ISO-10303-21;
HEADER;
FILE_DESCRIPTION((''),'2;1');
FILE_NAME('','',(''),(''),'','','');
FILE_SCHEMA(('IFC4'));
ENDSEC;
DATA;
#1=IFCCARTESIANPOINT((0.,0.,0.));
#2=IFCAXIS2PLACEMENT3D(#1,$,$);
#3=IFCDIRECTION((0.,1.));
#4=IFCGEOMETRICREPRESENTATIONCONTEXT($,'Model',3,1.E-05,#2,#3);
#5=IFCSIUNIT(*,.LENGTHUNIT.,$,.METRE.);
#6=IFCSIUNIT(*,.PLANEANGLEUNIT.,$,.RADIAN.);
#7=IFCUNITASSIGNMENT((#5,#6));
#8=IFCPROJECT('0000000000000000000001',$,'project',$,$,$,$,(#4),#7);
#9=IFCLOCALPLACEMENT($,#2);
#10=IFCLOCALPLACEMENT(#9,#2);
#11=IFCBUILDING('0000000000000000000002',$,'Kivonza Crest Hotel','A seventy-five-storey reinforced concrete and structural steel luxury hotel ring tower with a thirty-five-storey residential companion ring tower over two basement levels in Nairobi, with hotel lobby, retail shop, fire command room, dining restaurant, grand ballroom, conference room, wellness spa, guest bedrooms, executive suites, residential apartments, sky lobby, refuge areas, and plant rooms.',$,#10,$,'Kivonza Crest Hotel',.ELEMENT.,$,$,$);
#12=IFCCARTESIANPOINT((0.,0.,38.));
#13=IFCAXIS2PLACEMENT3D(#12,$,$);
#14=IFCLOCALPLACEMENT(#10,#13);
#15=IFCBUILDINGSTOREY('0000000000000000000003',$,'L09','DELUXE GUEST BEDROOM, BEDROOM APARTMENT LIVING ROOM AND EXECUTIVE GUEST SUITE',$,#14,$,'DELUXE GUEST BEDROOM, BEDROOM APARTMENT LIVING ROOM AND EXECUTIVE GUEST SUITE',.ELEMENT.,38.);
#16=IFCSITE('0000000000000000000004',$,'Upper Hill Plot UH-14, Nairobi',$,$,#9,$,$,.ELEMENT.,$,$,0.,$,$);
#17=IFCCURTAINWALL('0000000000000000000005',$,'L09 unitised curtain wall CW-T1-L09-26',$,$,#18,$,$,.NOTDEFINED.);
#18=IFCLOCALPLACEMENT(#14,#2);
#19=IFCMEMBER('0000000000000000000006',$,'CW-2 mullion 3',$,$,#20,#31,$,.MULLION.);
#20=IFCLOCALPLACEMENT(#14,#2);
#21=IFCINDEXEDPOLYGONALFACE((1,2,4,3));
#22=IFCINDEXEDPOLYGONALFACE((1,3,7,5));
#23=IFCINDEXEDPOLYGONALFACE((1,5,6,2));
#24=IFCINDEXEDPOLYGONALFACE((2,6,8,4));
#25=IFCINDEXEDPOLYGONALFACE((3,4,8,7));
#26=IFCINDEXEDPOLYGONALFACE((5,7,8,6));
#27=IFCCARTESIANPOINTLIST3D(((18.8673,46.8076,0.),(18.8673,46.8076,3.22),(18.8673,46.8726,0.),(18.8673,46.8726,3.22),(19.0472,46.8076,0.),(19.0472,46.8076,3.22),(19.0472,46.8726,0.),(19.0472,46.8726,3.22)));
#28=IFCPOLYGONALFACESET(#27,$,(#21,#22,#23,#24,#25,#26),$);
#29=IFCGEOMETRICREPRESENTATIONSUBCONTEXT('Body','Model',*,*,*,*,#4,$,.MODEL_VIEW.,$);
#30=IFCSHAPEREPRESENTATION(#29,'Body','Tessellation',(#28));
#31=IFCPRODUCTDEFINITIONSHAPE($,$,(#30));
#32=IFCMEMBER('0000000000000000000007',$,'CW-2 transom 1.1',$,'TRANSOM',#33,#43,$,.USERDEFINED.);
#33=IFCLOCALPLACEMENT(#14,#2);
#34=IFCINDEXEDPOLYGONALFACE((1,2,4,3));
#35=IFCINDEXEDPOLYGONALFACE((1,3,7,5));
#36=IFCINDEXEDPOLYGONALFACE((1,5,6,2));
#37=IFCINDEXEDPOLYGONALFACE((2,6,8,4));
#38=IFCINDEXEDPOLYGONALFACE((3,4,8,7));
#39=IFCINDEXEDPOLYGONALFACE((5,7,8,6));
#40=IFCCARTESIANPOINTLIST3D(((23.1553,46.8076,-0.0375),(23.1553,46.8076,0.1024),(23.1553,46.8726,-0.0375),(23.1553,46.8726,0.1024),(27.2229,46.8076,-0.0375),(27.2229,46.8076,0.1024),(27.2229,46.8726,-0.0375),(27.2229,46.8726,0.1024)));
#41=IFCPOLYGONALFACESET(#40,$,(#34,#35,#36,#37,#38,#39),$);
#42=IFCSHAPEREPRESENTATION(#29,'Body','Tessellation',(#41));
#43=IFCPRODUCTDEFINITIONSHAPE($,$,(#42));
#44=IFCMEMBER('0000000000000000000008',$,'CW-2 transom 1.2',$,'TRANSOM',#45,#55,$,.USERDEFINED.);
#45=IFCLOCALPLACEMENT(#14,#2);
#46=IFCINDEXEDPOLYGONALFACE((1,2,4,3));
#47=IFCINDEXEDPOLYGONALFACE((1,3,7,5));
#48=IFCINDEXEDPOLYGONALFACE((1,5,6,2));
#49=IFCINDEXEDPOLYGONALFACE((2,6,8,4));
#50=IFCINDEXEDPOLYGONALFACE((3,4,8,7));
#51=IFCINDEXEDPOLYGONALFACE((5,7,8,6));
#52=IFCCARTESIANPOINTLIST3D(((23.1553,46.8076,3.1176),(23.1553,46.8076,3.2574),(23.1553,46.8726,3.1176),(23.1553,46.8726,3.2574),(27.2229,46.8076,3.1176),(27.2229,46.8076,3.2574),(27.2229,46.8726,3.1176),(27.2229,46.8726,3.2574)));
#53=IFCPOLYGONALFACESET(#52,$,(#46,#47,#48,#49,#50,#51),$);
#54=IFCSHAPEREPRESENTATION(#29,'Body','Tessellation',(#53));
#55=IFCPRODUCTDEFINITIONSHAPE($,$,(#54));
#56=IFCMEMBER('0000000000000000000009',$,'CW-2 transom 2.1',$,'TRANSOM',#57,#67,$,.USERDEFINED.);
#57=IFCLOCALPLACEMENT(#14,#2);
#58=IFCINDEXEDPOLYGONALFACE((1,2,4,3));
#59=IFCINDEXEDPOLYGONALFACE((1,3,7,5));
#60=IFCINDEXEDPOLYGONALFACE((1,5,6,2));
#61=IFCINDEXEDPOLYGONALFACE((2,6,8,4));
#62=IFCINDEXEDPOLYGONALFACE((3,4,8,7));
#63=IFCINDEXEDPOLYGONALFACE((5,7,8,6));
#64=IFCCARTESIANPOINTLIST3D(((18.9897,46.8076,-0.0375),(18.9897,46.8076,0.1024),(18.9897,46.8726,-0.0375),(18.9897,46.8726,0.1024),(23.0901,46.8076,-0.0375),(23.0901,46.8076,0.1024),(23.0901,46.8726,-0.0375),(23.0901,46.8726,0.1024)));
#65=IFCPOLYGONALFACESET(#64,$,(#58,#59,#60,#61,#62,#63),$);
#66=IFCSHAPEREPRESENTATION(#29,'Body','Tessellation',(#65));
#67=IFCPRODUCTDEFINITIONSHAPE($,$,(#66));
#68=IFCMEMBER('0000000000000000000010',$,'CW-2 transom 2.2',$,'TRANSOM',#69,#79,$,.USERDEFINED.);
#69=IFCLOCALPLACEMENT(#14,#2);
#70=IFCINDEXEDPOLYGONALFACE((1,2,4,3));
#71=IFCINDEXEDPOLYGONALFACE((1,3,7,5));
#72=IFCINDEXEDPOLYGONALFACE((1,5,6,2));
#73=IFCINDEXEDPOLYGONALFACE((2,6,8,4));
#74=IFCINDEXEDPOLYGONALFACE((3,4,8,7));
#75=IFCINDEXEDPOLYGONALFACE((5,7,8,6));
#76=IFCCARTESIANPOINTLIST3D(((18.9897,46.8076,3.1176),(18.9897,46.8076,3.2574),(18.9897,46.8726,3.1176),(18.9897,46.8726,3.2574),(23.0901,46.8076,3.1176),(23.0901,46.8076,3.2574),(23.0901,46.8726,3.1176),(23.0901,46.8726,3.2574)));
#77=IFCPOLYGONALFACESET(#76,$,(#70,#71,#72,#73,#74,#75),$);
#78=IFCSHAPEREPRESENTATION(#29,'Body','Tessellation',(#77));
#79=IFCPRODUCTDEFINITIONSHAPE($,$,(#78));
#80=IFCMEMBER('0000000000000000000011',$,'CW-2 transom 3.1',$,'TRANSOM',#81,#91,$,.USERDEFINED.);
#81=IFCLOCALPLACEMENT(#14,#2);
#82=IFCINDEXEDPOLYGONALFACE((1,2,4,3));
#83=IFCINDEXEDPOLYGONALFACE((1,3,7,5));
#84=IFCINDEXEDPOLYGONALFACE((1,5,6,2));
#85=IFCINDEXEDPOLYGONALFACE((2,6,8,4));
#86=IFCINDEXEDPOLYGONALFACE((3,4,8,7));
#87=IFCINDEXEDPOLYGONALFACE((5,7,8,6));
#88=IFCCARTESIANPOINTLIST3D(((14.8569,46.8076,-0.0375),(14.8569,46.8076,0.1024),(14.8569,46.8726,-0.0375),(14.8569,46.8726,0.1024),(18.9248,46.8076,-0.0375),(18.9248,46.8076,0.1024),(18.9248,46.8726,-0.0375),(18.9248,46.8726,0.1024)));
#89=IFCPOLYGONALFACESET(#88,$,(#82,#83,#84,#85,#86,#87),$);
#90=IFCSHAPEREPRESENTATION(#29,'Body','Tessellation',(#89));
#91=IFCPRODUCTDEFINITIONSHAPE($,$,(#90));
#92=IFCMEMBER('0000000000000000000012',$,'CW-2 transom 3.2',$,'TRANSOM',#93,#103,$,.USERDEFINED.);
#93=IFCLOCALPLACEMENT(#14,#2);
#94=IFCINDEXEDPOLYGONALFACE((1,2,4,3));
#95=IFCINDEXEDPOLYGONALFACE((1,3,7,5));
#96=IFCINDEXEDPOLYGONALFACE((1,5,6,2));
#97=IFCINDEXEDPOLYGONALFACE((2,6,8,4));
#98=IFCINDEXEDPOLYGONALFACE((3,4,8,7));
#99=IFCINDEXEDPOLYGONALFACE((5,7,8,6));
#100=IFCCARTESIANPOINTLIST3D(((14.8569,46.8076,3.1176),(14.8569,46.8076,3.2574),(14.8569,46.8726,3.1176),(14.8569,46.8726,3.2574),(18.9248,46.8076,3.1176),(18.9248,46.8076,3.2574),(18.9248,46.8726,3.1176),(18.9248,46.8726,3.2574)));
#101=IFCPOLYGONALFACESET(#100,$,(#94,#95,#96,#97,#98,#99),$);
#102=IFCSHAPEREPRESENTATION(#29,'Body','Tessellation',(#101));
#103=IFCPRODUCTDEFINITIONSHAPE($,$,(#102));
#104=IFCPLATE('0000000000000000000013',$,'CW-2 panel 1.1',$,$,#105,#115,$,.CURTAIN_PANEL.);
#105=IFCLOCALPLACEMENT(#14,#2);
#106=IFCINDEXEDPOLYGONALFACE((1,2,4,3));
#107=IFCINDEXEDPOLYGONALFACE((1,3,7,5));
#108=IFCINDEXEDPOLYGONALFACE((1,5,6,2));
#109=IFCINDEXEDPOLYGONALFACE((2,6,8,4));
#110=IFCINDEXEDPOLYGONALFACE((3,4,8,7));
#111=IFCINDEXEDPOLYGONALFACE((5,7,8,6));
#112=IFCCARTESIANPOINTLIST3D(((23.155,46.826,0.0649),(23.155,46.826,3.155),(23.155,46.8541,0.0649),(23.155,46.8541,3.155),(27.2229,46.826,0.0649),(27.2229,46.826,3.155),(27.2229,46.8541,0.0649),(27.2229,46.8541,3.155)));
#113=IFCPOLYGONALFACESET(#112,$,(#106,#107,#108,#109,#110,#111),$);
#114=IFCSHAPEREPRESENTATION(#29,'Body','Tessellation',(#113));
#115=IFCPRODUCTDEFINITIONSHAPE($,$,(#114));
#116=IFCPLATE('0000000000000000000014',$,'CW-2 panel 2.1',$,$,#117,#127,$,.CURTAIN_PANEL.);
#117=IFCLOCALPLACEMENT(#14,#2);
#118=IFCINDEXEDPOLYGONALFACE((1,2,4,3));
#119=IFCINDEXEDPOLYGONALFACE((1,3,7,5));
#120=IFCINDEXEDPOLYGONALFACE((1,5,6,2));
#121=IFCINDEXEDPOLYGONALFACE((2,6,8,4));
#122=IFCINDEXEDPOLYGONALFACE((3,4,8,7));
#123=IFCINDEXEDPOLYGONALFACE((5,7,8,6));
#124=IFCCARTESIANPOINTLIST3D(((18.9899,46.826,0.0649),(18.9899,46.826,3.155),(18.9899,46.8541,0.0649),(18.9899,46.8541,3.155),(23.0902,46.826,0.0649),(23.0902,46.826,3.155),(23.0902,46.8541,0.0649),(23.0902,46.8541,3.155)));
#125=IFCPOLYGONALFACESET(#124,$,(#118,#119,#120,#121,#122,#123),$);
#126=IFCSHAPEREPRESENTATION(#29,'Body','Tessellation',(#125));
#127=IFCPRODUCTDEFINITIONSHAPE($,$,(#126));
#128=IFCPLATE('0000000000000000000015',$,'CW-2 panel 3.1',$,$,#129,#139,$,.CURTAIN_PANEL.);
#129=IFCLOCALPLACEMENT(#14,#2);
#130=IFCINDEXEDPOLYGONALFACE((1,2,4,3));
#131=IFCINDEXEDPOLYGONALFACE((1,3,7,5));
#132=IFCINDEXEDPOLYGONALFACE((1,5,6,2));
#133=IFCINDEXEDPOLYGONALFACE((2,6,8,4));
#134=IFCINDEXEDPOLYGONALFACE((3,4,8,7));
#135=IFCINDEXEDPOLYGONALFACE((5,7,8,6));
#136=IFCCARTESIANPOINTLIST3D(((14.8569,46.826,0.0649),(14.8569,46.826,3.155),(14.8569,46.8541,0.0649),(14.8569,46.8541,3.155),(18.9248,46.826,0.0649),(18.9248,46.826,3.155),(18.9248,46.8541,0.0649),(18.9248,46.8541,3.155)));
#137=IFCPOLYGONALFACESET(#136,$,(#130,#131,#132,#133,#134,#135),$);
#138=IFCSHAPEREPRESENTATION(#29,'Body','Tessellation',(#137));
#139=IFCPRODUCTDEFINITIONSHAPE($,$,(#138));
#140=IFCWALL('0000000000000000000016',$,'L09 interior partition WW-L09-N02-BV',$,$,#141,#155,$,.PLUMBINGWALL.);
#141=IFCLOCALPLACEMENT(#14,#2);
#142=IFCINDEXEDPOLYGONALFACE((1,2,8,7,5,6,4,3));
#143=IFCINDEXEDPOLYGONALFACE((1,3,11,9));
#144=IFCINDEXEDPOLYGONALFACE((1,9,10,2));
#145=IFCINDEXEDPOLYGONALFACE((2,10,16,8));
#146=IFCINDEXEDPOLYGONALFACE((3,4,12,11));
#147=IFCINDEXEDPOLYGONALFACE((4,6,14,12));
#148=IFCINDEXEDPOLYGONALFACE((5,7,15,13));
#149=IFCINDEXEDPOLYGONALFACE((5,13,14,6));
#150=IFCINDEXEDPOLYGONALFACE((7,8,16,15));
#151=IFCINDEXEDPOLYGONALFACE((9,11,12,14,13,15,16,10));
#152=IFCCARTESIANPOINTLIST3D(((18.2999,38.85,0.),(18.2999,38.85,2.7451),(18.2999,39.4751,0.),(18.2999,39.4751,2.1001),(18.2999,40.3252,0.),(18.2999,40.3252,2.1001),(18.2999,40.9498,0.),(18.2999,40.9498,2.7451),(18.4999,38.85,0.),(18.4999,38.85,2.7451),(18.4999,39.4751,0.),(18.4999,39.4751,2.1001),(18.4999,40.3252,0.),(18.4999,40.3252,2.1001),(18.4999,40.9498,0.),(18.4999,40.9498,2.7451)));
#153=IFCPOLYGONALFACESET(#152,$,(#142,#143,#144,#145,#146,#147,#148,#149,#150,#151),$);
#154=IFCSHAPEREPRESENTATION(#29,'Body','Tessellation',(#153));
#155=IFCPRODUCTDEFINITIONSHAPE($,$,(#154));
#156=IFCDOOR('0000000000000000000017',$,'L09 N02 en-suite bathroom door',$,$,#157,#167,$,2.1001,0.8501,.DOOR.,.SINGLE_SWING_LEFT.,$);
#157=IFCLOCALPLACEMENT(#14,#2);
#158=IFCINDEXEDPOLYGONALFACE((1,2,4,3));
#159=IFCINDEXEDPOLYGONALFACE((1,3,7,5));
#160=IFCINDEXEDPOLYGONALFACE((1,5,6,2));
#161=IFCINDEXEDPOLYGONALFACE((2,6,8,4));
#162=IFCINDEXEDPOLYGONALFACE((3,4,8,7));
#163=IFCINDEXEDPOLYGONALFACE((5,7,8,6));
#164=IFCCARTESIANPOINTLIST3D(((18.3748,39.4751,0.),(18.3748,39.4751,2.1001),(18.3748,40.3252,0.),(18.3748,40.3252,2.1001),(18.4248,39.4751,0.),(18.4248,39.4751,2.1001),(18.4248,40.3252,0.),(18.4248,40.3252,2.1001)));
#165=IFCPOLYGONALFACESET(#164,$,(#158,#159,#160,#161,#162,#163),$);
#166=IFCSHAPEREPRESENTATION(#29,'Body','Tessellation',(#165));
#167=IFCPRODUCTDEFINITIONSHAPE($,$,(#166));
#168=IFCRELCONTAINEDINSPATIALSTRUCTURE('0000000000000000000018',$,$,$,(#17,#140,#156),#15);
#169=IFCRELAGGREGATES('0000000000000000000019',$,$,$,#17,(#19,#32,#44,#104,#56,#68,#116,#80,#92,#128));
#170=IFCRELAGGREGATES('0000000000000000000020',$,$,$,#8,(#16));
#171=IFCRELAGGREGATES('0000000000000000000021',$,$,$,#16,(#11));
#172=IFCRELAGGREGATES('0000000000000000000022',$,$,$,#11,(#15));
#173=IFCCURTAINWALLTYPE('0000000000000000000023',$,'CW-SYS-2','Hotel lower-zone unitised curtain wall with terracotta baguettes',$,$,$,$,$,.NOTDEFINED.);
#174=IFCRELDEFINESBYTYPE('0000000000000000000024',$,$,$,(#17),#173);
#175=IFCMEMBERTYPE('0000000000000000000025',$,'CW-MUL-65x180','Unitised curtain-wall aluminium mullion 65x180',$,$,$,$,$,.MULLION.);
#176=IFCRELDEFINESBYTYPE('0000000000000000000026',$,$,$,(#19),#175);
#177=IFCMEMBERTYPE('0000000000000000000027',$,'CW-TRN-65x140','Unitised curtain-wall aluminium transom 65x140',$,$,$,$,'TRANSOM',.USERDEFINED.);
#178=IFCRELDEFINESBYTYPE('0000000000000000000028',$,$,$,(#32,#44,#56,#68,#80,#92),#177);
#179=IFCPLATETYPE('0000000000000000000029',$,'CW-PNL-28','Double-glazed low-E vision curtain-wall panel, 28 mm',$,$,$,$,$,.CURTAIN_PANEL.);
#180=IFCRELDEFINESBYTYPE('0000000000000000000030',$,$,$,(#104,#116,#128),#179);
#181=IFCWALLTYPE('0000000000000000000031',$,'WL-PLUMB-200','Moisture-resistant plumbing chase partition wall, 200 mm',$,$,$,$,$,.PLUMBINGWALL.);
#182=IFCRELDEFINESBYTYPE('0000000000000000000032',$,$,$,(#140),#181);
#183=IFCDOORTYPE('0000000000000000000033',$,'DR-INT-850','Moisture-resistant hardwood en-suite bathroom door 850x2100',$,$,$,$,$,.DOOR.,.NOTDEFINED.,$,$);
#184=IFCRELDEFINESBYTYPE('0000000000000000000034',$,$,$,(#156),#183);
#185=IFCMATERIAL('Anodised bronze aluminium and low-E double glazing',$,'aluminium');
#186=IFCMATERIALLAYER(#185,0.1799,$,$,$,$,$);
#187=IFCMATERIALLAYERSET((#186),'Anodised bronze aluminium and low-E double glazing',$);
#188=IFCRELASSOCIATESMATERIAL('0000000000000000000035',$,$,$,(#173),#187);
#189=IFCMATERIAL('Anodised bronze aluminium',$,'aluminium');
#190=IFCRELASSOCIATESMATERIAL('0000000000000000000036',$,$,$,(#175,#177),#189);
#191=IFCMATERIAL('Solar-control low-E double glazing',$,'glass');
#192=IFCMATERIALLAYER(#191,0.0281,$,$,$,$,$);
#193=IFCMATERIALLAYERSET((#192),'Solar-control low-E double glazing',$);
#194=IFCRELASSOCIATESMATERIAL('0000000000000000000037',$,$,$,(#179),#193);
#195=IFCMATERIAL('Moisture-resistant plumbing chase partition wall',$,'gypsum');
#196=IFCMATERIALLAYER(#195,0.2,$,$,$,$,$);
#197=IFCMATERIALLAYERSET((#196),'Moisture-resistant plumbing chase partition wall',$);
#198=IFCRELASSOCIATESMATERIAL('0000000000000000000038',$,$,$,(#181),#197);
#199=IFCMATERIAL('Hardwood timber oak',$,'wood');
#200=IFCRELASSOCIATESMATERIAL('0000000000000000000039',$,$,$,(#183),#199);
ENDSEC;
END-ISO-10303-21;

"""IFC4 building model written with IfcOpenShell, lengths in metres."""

from ifc_helpers import new_model, si_unit, direction, frame, frame_2d, origin, origin_2d, place, context, subcontext, project, spatial, rectangle, extrude, material, layer, layer_set, material_profile, profile_set, type_object, element, fill, aggregate, save


model = new_model("IFC4")

# Units and contexts
model_context = context("Model", 3, precision=1e-05, world=origin(), true_north=direction((0.0, 1.0)))
body_context = subcontext(model_context, "Body", "Model", "MODEL_VIEW")
ifc_project = project(units=[si_unit("LENGTHUNIT", "METRE"), si_unit("PLANEANGLEUNIT", "RADIAN")], contexts=[model_context])

# Site, building, storey
site_placement = place(None, origin())
site = spatial("IfcSite", under=ifc_project, at=site_placement, Name="Upper Hill Plot UH-14, Nairobi", CompositionType="ELEMENT", RefElevation=0.0)
building_placement = place(site_placement, origin())
building = spatial("IfcBuilding", under=site, at=building_placement, Name="Kivonza Crest Hotel", Description="A seventy-five-storey reinforced concrete and structural steel luxury hotel ring tower with a thirty-five-storey residential companion ring tower over two basement levels in Nairobi, with hotel lobby, retail shop, fire command room, dining restaurant, grand ballroom, conference room, wellness spa, guest bedrooms, executive suites, residential apartments, sky lobby, refuge areas, and plant rooms.", LongName="Kivonza Crest Hotel", CompositionType="ELEMENT")
storey_placement = place(building_placement, frame((0.0, 0.0, 38.0)))
storey = spatial("IfcBuildingStorey", under=building, at=storey_placement, Name="L09", Description="DELUXE GUEST BEDROOM, BEDROOM APARTMENT LIVING ROOM AND EXECUTIVE GUEST SUITE", LongName="DELUXE GUEST BEDROOM, BEDROOM APARTMENT LIVING ROOM AND EXECUTIVE GUEST SUITE", CompositionType="ELEMENT", Elevation=38.0)

# Curtain wall, members, plates
ifc_material_1 = material(Name="Anodised bronze aluminium and low-E double glazing", Category="aluminium")
ifc_layer_1 = layer(ifc_material_1, 0.1799)
ifc_layer_set_1 = layer_set([ifc_layer_1], Name="Anodised bronze aluminium and low-E double glazing")
curtain_wall_type = type_object("IfcCurtainWallType", Name="CW-SYS-2", Description="Hotel lower-zone unitised curtain wall with terracotta baguettes", PredefinedType="NOTDEFINED", material=ifc_layer_set_1)
curtain_wall_placement = place(storey_placement, origin())
curtain_wall = element("IfcCurtainWall", 1, at=curtain_wall_placement, inside=storey, type_object=curtain_wall_type, Name="L09 unitised curtain wall CW-T1-L09-26", PredefinedType="NOTDEFINED")
ifc_material_2 = material(Name="Anodised bronze aluminium", Category="aluminium")
ifc_material_profile_1 = material_profile(ifc_material_2, rectangle(XDim=0.0649, YDim=0.1799, at=origin_2d()), Name="CW-M 65x180")
ifc_profile_set_1 = profile_set([ifc_material_profile_1], Name="Anodised bronze aluminium")
member_type_1 = type_object("IfcMemberType", Name="CW-MUL-65x180", Description="Unitised curtain-wall aluminium mullion 65x180", PredefinedType="MULLION", material=ifc_profile_set_1)
member_1_placement = place(storey_placement, frame((18.9573, 46.8401, 0.0), z_axis=(0.0, 0.0, 1.0), x_axis=(0.0, -1.0, 0.0)))
member_1 = element("IfcMember", 2, at=member_1_placement, type_object=member_type_1, Name="CW-2 mullion 3", PredefinedType="MULLION", context=body_context, shape_type="SweptSolid", body=[
    extrude(rectangle(XDim=0.0649, YDim=0.1799, at=origin_2d()), origin(), (0.0, 0.0, 1.0), 3.22),
])
ifc_material_profile_2 = material_profile(ifc_material_2, rectangle(XDim=0.0649, YDim=0.1399, at=origin_2d()), Name="CW-T 65x140")
ifc_profile_set_2 = profile_set([ifc_material_profile_2], Name="Anodised bronze aluminium")
member_type_2 = type_object("IfcMemberType", Name="CW-TRN-65x140", Description="Unitised curtain-wall aluminium transom 65x140", ElementType="TRANSOM", PredefinedType="USERDEFINED", material=ifc_profile_set_2)
member_2_placement = place(storey_placement, frame((27.2229, 46.8401, 0.0325), z_axis=(-1.0, 0.0, 0.0), x_axis=(0.0, -1.0, 0.0)))
member_2 = element("IfcMember", 3, at=member_2_placement, type_object=member_type_2, Name="CW-2 transom 1.1", ObjectType="TRANSOM", PredefinedType="USERDEFINED", context=body_context, shape_type="SweptSolid", body=[
    extrude(rectangle(XDim=0.0649, YDim=0.1399, at=origin_2d()), origin(), (0.0, 0.0, 1.0), 4.0676),
])
member_3_placement = place(storey_placement, frame((27.2229, 46.8401, 3.1875), z_axis=(-1.0, 0.0, 0.0), x_axis=(0.0, -1.0, 0.0)))
member_3 = element("IfcMember", 4, at=member_3_placement, type_object=member_type_2, Name="CW-2 transom 1.2", ObjectType="TRANSOM", PredefinedType="USERDEFINED", context=body_context, shape_type="SweptSolid", body=[
    extrude(rectangle(XDim=0.0649, YDim=0.1399, at=origin_2d()), origin(), (0.0, 0.0, 1.0), 4.0676),
])
member_4_placement = place(storey_placement, frame((23.0901, 46.8401, 0.0325), z_axis=(-1.0, 0.0, 0.0), x_axis=(0.0, -1.0, 0.0)))
member_4 = element("IfcMember", 5, at=member_4_placement, type_object=member_type_2, Name="CW-2 transom 2.1", ObjectType="TRANSOM", PredefinedType="USERDEFINED", context=body_context, shape_type="SweptSolid", body=[
    extrude(rectangle(XDim=0.0649, YDim=0.1399, at=origin_2d()), origin(), (0.0, 0.0, 1.0), 4.1003),
])
member_5_placement = place(storey_placement, frame((23.0901, 46.8401, 3.1875), z_axis=(-1.0, 0.0, 0.0), x_axis=(0.0, -1.0, 0.0)))
member_5 = element("IfcMember", 6, at=member_5_placement, type_object=member_type_2, Name="CW-2 transom 2.2", ObjectType="TRANSOM", PredefinedType="USERDEFINED", context=body_context, shape_type="SweptSolid", body=[
    extrude(rectangle(XDim=0.0649, YDim=0.1399, at=origin_2d()), origin(), (0.0, 0.0, 1.0), 4.1003),
])
member_6_placement = place(storey_placement, frame((18.9248, 46.8401, 0.0325), z_axis=(-1.0, 0.0, 0.0), x_axis=(0.0, -1.0, 0.0)))
member_6 = element("IfcMember", 7, at=member_6_placement, type_object=member_type_2, Name="CW-2 transom 3.1", ObjectType="TRANSOM", PredefinedType="USERDEFINED", context=body_context, shape_type="SweptSolid", body=[
    extrude(rectangle(XDim=0.0649, YDim=0.1399, at=origin_2d()), origin(), (0.0, 0.0, 1.0), 4.0679),
])
member_7_placement = place(storey_placement, frame((18.9248, 46.8401, 3.1875), z_axis=(-1.0, 0.0, 0.0), x_axis=(0.0, -1.0, 0.0)))
member_7 = element("IfcMember", 8, at=member_7_placement, type_object=member_type_2, Name="CW-2 transom 3.2", ObjectType="TRANSOM", PredefinedType="USERDEFINED", context=body_context, shape_type="SweptSolid", body=[
    extrude(rectangle(XDim=0.0649, YDim=0.1399, at=origin_2d()), origin(), (0.0, 0.0, 1.0), 4.0679),
])
ifc_material_3 = material(Name="Solar-control low-E double glazing", Category="glass")
ifc_layer_2 = layer(ifc_material_3, 0.0281)
ifc_layer_set_2 = layer_set([ifc_layer_2], Name="Solar-control low-E double glazing")
plate_type = type_object("IfcPlateType", Name="CW-PNL-28", Description="Double-glazed low-E vision curtain-wall panel, 28 mm", PredefinedType="CURTAIN_PANEL", material=ifc_layer_set_2)
plate_1_placement = place(storey_placement, frame((25.189, 46.8401, 0.0649), z_axis=(0.0, 0.0, 1.0), x_axis=(-1.0, 0.0, 0.0)))
plate_1 = element("IfcPlate", 9, at=plate_1_placement, type_object=plate_type, Name="CW-2 panel 1.1", PredefinedType="CURTAIN_PANEL", context=body_context, shape_type="SweptSolid", body=[
    extrude(rectangle(XDim=4.0679, YDim=0.0281, at=origin_2d()), origin(), (0.0, 0.0, 1.0), 3.0901),
])
plate_2_placement = place(storey_placement, frame((21.04, 46.8401, 0.0649), z_axis=(0.0, 0.0, 1.0), x_axis=(-1.0, 0.0, 0.0)))
plate_2 = element("IfcPlate", 10, at=plate_2_placement, type_object=plate_type, Name="CW-2 panel 2.1", PredefinedType="CURTAIN_PANEL", context=body_context, shape_type="SweptSolid", body=[
    extrude(rectangle(XDim=4.1003, YDim=0.0281, at=origin_2d()), origin(), (0.0, 0.0, 1.0), 3.0901),
])
plate_3_placement = place(storey_placement, frame((16.8909, 46.8401, 0.0649), z_axis=(0.0, 0.0, 1.0), x_axis=(-1.0, 0.0, 0.0)))
plate_3 = element("IfcPlate", 11, at=plate_3_placement, type_object=plate_type, Name="CW-2 panel 3.1", PredefinedType="CURTAIN_PANEL", context=body_context, shape_type="SweptSolid", body=[
    extrude(rectangle(XDim=4.0679, YDim=0.0281, at=origin_2d()), origin(), (0.0, 0.0, 1.0), 3.0901),
])
aggregate(curtain_wall, [member_1, member_2, member_3, plate_1, member_4, member_5, plate_2, member_6, member_7, plate_3])

# Wall, opening, door
ifc_material_4 = material(Name="Moisture-resistant plumbing chase partition wall", Category="gypsum")
ifc_layer_3 = layer(ifc_material_4, 0.2)
ifc_layer_set_3 = layer_set([ifc_layer_3], Name="Moisture-resistant plumbing chase partition wall")
wall_type = type_object("IfcWallType", Name="WL-PLUMB-200", Description="Moisture-resistant plumbing chase partition wall, 200 mm", PredefinedType="PLUMBINGWALL", material=ifc_layer_set_3)
wall_placement = place(storey_placement, frame((18.3999, 38.8501, 0.0), z_axis=(0.0, 0.0, 1.0), x_axis=(0.0, 1.0, 0.0)))
wall = element("IfcWall", 12, at=wall_placement, inside=storey, type_object=wall_type, Name="L09 interior partition WW-L09-N02-BV", PredefinedType="PLUMBINGWALL", context=body_context, shape_type="SweptSolid", body=[
    extrude(rectangle(XDim=2.0999, YDim=0.2, at=frame_2d((1.0498, 0.0))), origin(), (0.0, 0.0, 1.0), 2.7451),
])
opening_placement = place(wall_placement, frame((0.625, 0.0, 0.0)))
opening = element("IfcOpeningElement", 13, at=opening_placement, cuts=wall, PredefinedType="OPENING", context=body_context, shape_type="SweptSolid", body=[
    extrude(rectangle(XDim=0.8501, YDim=2.1001, at=frame_2d((0.425, 1.05))), frame((0.0, 0.1099, 0.0), z_axis=(0.0, -1.0, 0.0), x_axis=(1.0, 0.0, 0.0)), (0.0, 0.0, 1.0), 0.22),
])
ifc_material_5 = material(Name="Hardwood timber oak", Category="wood")
door_type = type_object("IfcDoorType", Name="DR-INT-850", Description="Moisture-resistant hardwood en-suite bathroom door 850x2100", OperationType="NOTDEFINED", PredefinedType="DOOR", material=ifc_material_5)
door_placement = place(opening_placement, frame((0.8501, 0.0, 0.0), z_axis=(0.0, 0.0, 1.0), x_axis=(-1.0, 0.0, 0.0)))
door = element("IfcDoor", 14, at=door_placement, inside=storey, type_object=door_type, Name="L09 N02 en-suite bathroom door", OperationType="SINGLE_SWING_LEFT", OverallHeight=2.1001, OverallWidth=0.8501, PredefinedType="DOOR", context=body_context, shape_type="SweptSolid", body=[
    extrude(rectangle(XDim=0.8501, YDim=2.1001, at=frame_2d((0.425, 1.05))), frame((0.0, 0.0249, 0.0), z_axis=(0.0, -1.0, 0.0), x_axis=(1.0, 0.0, 0.0)), (0.0, 0.0, 1.0), 0.05),
])
fill(opening, door)

save(model, "model.ifc")
